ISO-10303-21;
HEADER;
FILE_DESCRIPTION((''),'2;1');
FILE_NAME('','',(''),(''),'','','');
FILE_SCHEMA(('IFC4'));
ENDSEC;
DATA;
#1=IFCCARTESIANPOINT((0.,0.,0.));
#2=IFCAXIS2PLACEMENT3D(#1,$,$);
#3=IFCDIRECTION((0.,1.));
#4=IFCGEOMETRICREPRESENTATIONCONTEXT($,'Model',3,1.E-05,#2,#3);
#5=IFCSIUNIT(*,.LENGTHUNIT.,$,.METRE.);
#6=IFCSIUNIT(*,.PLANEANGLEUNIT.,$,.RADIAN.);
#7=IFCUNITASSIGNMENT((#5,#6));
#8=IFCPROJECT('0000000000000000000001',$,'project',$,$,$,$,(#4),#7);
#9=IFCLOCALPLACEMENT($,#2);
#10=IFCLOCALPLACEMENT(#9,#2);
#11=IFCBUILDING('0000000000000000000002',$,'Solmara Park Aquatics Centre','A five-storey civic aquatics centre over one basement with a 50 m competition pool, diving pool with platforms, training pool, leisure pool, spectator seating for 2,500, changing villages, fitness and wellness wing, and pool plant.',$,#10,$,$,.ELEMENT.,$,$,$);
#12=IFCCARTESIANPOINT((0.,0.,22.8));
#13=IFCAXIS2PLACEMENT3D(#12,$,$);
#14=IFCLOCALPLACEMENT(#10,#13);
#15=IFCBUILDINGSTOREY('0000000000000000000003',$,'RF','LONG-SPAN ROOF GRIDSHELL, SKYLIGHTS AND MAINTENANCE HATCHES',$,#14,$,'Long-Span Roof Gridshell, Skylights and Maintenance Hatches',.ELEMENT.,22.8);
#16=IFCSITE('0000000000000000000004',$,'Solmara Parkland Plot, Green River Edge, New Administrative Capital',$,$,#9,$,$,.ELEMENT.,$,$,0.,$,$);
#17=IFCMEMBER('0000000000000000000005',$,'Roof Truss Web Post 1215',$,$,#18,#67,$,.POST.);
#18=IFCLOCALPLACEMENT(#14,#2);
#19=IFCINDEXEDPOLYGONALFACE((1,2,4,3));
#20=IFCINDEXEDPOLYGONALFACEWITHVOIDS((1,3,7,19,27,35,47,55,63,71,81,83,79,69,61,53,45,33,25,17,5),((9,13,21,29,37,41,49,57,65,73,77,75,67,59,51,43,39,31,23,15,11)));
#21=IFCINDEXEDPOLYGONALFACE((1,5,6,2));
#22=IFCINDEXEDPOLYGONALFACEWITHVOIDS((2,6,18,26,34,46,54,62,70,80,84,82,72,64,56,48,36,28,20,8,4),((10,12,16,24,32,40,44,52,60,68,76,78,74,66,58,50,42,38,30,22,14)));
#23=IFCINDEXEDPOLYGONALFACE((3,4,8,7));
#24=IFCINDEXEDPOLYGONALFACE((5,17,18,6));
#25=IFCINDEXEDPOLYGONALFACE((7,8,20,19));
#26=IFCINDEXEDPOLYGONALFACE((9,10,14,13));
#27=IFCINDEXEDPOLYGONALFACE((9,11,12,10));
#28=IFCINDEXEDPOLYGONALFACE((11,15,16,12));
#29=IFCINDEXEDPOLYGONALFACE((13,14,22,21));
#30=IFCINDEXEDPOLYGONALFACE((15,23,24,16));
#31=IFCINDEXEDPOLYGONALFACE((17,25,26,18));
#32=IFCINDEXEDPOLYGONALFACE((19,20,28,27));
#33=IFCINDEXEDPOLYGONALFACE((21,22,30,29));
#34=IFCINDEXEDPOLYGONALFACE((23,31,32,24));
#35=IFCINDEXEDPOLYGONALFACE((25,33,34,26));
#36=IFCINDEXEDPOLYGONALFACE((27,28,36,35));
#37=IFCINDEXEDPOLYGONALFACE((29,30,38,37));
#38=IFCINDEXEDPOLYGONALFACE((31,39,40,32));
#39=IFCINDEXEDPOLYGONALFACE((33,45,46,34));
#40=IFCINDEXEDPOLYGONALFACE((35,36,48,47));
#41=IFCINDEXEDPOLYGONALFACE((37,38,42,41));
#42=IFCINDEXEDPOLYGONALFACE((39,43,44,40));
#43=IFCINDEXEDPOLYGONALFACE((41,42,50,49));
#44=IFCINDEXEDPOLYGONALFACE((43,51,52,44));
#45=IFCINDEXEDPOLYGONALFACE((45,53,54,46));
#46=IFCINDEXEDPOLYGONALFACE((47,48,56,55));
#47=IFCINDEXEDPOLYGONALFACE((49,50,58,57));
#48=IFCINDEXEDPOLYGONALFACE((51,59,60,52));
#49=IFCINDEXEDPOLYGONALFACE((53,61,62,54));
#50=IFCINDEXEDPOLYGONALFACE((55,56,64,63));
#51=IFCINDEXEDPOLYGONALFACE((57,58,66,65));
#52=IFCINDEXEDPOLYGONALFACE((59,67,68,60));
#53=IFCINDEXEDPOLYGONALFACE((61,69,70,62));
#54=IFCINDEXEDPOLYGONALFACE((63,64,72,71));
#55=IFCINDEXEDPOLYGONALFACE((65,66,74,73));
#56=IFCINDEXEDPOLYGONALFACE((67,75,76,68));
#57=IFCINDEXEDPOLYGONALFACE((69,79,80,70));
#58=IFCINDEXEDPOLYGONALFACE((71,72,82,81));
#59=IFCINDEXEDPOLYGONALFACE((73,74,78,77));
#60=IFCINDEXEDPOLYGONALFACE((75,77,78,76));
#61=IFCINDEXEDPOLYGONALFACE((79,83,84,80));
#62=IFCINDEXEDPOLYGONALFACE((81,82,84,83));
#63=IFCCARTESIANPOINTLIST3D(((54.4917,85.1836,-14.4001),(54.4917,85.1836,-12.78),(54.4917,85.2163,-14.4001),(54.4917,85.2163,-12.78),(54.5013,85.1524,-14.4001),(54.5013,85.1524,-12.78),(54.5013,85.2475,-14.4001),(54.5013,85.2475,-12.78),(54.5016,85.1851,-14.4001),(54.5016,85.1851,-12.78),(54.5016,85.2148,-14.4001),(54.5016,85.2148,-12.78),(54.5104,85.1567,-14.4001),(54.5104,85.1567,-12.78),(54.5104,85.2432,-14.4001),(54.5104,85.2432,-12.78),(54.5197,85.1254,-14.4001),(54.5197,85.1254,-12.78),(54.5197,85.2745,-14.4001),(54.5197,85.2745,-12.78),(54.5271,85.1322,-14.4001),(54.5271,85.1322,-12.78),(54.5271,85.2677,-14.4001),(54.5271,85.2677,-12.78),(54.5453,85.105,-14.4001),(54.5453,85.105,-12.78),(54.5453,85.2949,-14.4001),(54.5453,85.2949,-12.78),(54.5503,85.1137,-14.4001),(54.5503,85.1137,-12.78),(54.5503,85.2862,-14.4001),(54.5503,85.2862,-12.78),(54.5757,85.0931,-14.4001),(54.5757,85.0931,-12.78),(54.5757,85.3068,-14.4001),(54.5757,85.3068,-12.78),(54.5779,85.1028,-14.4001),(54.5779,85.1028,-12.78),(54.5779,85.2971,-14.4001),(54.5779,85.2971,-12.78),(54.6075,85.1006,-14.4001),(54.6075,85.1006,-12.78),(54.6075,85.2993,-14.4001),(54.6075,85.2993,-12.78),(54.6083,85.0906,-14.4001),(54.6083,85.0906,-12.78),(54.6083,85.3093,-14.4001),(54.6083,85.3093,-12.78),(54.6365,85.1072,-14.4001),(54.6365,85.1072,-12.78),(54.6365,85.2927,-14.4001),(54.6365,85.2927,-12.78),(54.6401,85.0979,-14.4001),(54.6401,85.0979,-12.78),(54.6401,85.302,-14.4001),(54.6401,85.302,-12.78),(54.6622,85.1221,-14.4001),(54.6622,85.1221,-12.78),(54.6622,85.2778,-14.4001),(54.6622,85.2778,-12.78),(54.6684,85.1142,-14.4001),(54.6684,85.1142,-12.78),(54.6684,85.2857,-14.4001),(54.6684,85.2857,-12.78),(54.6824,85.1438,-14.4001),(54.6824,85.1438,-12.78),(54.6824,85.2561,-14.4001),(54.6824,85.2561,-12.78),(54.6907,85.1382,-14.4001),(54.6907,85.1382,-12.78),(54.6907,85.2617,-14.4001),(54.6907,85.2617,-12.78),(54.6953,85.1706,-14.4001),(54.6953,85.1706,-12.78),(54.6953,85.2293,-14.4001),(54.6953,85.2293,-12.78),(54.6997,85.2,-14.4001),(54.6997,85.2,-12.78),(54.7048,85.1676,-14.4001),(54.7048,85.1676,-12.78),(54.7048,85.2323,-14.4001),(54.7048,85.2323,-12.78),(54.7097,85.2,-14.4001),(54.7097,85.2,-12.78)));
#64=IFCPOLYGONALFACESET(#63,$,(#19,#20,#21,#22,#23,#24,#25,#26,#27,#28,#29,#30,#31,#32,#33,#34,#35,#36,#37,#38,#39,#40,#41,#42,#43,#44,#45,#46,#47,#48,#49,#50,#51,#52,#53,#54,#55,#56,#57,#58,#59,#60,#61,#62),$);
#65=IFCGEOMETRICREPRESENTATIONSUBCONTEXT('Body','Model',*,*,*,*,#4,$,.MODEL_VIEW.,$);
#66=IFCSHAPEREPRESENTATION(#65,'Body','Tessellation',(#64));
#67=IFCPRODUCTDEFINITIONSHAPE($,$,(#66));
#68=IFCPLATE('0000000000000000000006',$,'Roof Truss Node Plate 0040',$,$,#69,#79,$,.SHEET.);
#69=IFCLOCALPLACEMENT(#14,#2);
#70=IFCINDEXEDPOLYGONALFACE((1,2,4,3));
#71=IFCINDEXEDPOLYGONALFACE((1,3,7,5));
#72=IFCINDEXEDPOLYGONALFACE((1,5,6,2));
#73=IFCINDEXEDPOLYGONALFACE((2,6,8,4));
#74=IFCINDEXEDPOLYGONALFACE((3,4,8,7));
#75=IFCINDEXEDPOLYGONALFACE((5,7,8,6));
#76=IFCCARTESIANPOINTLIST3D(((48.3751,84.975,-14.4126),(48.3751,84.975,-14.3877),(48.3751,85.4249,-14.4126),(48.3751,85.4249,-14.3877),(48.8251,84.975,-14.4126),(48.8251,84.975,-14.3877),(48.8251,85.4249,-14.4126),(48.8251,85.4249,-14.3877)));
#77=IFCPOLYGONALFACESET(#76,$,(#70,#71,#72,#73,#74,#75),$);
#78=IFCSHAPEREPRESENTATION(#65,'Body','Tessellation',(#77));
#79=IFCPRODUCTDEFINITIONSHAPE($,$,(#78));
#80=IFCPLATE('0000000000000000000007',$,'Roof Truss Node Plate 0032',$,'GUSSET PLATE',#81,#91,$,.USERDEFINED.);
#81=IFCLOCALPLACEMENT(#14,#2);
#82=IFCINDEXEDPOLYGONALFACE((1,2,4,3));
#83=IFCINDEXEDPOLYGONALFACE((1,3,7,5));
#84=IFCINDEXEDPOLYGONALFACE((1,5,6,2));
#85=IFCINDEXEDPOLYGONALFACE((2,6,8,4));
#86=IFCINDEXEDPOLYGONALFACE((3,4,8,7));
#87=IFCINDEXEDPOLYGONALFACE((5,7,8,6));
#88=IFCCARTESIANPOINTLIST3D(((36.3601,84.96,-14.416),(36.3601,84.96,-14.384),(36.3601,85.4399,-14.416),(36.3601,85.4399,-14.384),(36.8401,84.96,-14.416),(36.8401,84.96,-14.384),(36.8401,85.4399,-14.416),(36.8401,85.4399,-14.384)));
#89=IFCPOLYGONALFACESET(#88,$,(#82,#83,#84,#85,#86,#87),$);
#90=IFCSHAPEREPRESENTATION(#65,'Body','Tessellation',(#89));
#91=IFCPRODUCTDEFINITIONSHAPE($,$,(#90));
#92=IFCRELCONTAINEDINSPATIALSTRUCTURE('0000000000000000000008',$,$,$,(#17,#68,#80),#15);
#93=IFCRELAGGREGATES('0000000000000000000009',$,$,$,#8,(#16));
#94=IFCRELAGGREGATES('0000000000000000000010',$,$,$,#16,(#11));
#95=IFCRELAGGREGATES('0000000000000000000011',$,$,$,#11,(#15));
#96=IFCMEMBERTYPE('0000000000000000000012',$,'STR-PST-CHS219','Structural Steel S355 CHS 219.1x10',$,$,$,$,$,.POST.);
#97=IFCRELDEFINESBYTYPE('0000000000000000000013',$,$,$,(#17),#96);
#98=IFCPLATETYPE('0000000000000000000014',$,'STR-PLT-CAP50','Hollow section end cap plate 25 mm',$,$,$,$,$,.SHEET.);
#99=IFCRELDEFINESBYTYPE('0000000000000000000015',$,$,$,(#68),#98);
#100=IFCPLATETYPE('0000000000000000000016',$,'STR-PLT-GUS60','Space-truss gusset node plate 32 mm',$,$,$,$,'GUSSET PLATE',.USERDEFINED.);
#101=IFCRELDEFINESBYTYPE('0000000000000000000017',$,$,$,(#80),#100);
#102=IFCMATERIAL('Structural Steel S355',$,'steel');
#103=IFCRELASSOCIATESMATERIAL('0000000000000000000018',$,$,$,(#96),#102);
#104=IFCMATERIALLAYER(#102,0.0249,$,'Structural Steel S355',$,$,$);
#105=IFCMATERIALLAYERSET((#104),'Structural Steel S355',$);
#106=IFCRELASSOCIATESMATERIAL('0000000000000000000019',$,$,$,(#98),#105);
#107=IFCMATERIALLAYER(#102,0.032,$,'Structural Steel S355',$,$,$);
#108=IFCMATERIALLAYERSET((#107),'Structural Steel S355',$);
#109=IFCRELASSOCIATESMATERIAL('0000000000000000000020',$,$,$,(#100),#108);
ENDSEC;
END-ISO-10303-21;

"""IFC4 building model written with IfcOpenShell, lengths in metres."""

from ifc_helpers import new_model, si_unit, direction, frame, origin, origin_2d, place, context, subcontext, project, spatial, rectangle, hollow_circle, extrude, material, layer, layer_set, material_profile, profile_set, type_object, element, save


model = new_model("IFC4")

# Units and contexts
model_context = context("Model", 3, precision=1e-05, world=origin(), true_north=direction((0.0, 1.0)))
body_context = subcontext(model_context, "Body", "Model", "MODEL_VIEW")
ifc_project = project(units=[si_unit("LENGTHUNIT", "METRE"), si_unit("PLANEANGLEUNIT", "RADIAN")], contexts=[model_context])

# Site, building, storey
site_placement = place(None, origin())
site = spatial("IfcSite", under=ifc_project, at=site_placement, Name="Solmara Parkland Plot, Green River Edge, New Administrative Capital", CompositionType="ELEMENT", RefElevation=0.0)
building_placement = place(site_placement, origin())
building = spatial("IfcBuilding", under=site, at=building_placement, Name="Solmara Park Aquatics Centre", Description="A five-storey civic aquatics centre over one basement with a 50 m competition pool, diving pool with platforms, training pool, leisure pool, spectator seating for 2,500, changing villages, fitness and wellness wing, and pool plant.", CompositionType="ELEMENT")
storey_placement = place(building_placement, frame((0.0, 0.0, 22.8)))
storey = spatial("IfcBuildingStorey", under=building, at=storey_placement, Name="RF", Description="LONG-SPAN ROOF GRIDSHELL, SKYLIGHTS AND MAINTENANCE HATCHES", LongName="Long-Span Roof Gridshell, Skylights and Maintenance Hatches", CompositionType="ELEMENT", Elevation=22.8)

# Member
ifc_material_1 = material(Name="Structural Steel S355", Category="steel")
ifc_material_profile_1 = material_profile(ifc_material_1, hollow_circle(Radius=0.1096, WallThickness=0.01, at=origin_2d()), Name="CHS 219.1x10")
ifc_profile_set_1 = profile_set([ifc_material_profile_1], Name="Structural Steel S355")
member_type_1 = type_object("IfcMemberType", Name="STR-PST-CHS219", Description="Structural Steel S355 CHS 219.1x10", PredefinedType="POST", material=ifc_profile_set_1)
for number, where, z_axis, x_axis, name in (
    (1, (54.6001, 85.2, -14.4001), (0.0, 0.0, 1.0), (1.0, 0.0, 0.0), "Roof Truss Web Post 1215"),
):
    element("IfcMember", number, at=place(storey_placement, frame(where, z_axis=z_axis, x_axis=x_axis)), inside=storey, type_object=member_type_1, Name=name, PredefinedType="POST", context=body_context, shape_type="SweptSolid", body=[
        extrude(hollow_circle(Radius=0.1096, WallThickness=0.01, at=origin_2d()), origin(), (0.0, 0.0, 1.0), 1.6201),
    ])

# Plates
ifc_layer_1 = layer(ifc_material_1, 0.0249, Name="Structural Steel S355")
ifc_layer_set_1 = layer_set([ifc_layer_1], Name="Structural Steel S355")
plate_type_1 = type_object("IfcPlateType", Name="STR-PLT-CAP50", Description="Hollow section end cap plate 25 mm", PredefinedType="SHEET", material=ifc_layer_set_1)
plate_1_placement = place(storey_placement, frame((48.6001, 85.2, -14.4126), z_axis=(0.0, 0.0, 1.0), x_axis=(1.0, 0.0, 0.0)))
element("IfcPlate", 2, at=plate_1_placement, inside=storey, type_object=plate_type_1, Name="Roof Truss Node Plate 0040", PredefinedType="SHEET", context=body_context, shape_type="SweptSolid", body=[
    extrude(rectangle(XDim=0.45, YDim=0.45, at=origin_2d()), origin(), (0.0, 0.0, 1.0), 0.0249),
])
ifc_layer_2 = layer(ifc_material_1, 0.032, Name="Structural Steel S355")
ifc_layer_set_2 = layer_set([ifc_layer_2], Name="Structural Steel S355")
plate_type_2 = type_object("IfcPlateType", Name="STR-PLT-GUS60", Description="Space-truss gusset node plate 32 mm", ElementType="GUSSET PLATE", PredefinedType="USERDEFINED", material=ifc_layer_set_2)
plate_2_placement = place(storey_placement, frame((36.6001, 85.2, -14.416), z_axis=(0.0, 0.0, 1.0), x_axis=(1.0, 0.0, 0.0)))
element("IfcPlate", 3, at=plate_2_placement, inside=storey, type_object=plate_type_2, Name="Roof Truss Node Plate 0032", ObjectType="GUSSET PLATE", PredefinedType="USERDEFINED", context=body_context, shape_type="SweptSolid", body=[
    extrude(rectangle(XDim=0.48, YDim=0.48, at=origin_2d()), origin(), (0.0, 0.0, 1.0), 0.032),
])

save(model, "model.ifc")
